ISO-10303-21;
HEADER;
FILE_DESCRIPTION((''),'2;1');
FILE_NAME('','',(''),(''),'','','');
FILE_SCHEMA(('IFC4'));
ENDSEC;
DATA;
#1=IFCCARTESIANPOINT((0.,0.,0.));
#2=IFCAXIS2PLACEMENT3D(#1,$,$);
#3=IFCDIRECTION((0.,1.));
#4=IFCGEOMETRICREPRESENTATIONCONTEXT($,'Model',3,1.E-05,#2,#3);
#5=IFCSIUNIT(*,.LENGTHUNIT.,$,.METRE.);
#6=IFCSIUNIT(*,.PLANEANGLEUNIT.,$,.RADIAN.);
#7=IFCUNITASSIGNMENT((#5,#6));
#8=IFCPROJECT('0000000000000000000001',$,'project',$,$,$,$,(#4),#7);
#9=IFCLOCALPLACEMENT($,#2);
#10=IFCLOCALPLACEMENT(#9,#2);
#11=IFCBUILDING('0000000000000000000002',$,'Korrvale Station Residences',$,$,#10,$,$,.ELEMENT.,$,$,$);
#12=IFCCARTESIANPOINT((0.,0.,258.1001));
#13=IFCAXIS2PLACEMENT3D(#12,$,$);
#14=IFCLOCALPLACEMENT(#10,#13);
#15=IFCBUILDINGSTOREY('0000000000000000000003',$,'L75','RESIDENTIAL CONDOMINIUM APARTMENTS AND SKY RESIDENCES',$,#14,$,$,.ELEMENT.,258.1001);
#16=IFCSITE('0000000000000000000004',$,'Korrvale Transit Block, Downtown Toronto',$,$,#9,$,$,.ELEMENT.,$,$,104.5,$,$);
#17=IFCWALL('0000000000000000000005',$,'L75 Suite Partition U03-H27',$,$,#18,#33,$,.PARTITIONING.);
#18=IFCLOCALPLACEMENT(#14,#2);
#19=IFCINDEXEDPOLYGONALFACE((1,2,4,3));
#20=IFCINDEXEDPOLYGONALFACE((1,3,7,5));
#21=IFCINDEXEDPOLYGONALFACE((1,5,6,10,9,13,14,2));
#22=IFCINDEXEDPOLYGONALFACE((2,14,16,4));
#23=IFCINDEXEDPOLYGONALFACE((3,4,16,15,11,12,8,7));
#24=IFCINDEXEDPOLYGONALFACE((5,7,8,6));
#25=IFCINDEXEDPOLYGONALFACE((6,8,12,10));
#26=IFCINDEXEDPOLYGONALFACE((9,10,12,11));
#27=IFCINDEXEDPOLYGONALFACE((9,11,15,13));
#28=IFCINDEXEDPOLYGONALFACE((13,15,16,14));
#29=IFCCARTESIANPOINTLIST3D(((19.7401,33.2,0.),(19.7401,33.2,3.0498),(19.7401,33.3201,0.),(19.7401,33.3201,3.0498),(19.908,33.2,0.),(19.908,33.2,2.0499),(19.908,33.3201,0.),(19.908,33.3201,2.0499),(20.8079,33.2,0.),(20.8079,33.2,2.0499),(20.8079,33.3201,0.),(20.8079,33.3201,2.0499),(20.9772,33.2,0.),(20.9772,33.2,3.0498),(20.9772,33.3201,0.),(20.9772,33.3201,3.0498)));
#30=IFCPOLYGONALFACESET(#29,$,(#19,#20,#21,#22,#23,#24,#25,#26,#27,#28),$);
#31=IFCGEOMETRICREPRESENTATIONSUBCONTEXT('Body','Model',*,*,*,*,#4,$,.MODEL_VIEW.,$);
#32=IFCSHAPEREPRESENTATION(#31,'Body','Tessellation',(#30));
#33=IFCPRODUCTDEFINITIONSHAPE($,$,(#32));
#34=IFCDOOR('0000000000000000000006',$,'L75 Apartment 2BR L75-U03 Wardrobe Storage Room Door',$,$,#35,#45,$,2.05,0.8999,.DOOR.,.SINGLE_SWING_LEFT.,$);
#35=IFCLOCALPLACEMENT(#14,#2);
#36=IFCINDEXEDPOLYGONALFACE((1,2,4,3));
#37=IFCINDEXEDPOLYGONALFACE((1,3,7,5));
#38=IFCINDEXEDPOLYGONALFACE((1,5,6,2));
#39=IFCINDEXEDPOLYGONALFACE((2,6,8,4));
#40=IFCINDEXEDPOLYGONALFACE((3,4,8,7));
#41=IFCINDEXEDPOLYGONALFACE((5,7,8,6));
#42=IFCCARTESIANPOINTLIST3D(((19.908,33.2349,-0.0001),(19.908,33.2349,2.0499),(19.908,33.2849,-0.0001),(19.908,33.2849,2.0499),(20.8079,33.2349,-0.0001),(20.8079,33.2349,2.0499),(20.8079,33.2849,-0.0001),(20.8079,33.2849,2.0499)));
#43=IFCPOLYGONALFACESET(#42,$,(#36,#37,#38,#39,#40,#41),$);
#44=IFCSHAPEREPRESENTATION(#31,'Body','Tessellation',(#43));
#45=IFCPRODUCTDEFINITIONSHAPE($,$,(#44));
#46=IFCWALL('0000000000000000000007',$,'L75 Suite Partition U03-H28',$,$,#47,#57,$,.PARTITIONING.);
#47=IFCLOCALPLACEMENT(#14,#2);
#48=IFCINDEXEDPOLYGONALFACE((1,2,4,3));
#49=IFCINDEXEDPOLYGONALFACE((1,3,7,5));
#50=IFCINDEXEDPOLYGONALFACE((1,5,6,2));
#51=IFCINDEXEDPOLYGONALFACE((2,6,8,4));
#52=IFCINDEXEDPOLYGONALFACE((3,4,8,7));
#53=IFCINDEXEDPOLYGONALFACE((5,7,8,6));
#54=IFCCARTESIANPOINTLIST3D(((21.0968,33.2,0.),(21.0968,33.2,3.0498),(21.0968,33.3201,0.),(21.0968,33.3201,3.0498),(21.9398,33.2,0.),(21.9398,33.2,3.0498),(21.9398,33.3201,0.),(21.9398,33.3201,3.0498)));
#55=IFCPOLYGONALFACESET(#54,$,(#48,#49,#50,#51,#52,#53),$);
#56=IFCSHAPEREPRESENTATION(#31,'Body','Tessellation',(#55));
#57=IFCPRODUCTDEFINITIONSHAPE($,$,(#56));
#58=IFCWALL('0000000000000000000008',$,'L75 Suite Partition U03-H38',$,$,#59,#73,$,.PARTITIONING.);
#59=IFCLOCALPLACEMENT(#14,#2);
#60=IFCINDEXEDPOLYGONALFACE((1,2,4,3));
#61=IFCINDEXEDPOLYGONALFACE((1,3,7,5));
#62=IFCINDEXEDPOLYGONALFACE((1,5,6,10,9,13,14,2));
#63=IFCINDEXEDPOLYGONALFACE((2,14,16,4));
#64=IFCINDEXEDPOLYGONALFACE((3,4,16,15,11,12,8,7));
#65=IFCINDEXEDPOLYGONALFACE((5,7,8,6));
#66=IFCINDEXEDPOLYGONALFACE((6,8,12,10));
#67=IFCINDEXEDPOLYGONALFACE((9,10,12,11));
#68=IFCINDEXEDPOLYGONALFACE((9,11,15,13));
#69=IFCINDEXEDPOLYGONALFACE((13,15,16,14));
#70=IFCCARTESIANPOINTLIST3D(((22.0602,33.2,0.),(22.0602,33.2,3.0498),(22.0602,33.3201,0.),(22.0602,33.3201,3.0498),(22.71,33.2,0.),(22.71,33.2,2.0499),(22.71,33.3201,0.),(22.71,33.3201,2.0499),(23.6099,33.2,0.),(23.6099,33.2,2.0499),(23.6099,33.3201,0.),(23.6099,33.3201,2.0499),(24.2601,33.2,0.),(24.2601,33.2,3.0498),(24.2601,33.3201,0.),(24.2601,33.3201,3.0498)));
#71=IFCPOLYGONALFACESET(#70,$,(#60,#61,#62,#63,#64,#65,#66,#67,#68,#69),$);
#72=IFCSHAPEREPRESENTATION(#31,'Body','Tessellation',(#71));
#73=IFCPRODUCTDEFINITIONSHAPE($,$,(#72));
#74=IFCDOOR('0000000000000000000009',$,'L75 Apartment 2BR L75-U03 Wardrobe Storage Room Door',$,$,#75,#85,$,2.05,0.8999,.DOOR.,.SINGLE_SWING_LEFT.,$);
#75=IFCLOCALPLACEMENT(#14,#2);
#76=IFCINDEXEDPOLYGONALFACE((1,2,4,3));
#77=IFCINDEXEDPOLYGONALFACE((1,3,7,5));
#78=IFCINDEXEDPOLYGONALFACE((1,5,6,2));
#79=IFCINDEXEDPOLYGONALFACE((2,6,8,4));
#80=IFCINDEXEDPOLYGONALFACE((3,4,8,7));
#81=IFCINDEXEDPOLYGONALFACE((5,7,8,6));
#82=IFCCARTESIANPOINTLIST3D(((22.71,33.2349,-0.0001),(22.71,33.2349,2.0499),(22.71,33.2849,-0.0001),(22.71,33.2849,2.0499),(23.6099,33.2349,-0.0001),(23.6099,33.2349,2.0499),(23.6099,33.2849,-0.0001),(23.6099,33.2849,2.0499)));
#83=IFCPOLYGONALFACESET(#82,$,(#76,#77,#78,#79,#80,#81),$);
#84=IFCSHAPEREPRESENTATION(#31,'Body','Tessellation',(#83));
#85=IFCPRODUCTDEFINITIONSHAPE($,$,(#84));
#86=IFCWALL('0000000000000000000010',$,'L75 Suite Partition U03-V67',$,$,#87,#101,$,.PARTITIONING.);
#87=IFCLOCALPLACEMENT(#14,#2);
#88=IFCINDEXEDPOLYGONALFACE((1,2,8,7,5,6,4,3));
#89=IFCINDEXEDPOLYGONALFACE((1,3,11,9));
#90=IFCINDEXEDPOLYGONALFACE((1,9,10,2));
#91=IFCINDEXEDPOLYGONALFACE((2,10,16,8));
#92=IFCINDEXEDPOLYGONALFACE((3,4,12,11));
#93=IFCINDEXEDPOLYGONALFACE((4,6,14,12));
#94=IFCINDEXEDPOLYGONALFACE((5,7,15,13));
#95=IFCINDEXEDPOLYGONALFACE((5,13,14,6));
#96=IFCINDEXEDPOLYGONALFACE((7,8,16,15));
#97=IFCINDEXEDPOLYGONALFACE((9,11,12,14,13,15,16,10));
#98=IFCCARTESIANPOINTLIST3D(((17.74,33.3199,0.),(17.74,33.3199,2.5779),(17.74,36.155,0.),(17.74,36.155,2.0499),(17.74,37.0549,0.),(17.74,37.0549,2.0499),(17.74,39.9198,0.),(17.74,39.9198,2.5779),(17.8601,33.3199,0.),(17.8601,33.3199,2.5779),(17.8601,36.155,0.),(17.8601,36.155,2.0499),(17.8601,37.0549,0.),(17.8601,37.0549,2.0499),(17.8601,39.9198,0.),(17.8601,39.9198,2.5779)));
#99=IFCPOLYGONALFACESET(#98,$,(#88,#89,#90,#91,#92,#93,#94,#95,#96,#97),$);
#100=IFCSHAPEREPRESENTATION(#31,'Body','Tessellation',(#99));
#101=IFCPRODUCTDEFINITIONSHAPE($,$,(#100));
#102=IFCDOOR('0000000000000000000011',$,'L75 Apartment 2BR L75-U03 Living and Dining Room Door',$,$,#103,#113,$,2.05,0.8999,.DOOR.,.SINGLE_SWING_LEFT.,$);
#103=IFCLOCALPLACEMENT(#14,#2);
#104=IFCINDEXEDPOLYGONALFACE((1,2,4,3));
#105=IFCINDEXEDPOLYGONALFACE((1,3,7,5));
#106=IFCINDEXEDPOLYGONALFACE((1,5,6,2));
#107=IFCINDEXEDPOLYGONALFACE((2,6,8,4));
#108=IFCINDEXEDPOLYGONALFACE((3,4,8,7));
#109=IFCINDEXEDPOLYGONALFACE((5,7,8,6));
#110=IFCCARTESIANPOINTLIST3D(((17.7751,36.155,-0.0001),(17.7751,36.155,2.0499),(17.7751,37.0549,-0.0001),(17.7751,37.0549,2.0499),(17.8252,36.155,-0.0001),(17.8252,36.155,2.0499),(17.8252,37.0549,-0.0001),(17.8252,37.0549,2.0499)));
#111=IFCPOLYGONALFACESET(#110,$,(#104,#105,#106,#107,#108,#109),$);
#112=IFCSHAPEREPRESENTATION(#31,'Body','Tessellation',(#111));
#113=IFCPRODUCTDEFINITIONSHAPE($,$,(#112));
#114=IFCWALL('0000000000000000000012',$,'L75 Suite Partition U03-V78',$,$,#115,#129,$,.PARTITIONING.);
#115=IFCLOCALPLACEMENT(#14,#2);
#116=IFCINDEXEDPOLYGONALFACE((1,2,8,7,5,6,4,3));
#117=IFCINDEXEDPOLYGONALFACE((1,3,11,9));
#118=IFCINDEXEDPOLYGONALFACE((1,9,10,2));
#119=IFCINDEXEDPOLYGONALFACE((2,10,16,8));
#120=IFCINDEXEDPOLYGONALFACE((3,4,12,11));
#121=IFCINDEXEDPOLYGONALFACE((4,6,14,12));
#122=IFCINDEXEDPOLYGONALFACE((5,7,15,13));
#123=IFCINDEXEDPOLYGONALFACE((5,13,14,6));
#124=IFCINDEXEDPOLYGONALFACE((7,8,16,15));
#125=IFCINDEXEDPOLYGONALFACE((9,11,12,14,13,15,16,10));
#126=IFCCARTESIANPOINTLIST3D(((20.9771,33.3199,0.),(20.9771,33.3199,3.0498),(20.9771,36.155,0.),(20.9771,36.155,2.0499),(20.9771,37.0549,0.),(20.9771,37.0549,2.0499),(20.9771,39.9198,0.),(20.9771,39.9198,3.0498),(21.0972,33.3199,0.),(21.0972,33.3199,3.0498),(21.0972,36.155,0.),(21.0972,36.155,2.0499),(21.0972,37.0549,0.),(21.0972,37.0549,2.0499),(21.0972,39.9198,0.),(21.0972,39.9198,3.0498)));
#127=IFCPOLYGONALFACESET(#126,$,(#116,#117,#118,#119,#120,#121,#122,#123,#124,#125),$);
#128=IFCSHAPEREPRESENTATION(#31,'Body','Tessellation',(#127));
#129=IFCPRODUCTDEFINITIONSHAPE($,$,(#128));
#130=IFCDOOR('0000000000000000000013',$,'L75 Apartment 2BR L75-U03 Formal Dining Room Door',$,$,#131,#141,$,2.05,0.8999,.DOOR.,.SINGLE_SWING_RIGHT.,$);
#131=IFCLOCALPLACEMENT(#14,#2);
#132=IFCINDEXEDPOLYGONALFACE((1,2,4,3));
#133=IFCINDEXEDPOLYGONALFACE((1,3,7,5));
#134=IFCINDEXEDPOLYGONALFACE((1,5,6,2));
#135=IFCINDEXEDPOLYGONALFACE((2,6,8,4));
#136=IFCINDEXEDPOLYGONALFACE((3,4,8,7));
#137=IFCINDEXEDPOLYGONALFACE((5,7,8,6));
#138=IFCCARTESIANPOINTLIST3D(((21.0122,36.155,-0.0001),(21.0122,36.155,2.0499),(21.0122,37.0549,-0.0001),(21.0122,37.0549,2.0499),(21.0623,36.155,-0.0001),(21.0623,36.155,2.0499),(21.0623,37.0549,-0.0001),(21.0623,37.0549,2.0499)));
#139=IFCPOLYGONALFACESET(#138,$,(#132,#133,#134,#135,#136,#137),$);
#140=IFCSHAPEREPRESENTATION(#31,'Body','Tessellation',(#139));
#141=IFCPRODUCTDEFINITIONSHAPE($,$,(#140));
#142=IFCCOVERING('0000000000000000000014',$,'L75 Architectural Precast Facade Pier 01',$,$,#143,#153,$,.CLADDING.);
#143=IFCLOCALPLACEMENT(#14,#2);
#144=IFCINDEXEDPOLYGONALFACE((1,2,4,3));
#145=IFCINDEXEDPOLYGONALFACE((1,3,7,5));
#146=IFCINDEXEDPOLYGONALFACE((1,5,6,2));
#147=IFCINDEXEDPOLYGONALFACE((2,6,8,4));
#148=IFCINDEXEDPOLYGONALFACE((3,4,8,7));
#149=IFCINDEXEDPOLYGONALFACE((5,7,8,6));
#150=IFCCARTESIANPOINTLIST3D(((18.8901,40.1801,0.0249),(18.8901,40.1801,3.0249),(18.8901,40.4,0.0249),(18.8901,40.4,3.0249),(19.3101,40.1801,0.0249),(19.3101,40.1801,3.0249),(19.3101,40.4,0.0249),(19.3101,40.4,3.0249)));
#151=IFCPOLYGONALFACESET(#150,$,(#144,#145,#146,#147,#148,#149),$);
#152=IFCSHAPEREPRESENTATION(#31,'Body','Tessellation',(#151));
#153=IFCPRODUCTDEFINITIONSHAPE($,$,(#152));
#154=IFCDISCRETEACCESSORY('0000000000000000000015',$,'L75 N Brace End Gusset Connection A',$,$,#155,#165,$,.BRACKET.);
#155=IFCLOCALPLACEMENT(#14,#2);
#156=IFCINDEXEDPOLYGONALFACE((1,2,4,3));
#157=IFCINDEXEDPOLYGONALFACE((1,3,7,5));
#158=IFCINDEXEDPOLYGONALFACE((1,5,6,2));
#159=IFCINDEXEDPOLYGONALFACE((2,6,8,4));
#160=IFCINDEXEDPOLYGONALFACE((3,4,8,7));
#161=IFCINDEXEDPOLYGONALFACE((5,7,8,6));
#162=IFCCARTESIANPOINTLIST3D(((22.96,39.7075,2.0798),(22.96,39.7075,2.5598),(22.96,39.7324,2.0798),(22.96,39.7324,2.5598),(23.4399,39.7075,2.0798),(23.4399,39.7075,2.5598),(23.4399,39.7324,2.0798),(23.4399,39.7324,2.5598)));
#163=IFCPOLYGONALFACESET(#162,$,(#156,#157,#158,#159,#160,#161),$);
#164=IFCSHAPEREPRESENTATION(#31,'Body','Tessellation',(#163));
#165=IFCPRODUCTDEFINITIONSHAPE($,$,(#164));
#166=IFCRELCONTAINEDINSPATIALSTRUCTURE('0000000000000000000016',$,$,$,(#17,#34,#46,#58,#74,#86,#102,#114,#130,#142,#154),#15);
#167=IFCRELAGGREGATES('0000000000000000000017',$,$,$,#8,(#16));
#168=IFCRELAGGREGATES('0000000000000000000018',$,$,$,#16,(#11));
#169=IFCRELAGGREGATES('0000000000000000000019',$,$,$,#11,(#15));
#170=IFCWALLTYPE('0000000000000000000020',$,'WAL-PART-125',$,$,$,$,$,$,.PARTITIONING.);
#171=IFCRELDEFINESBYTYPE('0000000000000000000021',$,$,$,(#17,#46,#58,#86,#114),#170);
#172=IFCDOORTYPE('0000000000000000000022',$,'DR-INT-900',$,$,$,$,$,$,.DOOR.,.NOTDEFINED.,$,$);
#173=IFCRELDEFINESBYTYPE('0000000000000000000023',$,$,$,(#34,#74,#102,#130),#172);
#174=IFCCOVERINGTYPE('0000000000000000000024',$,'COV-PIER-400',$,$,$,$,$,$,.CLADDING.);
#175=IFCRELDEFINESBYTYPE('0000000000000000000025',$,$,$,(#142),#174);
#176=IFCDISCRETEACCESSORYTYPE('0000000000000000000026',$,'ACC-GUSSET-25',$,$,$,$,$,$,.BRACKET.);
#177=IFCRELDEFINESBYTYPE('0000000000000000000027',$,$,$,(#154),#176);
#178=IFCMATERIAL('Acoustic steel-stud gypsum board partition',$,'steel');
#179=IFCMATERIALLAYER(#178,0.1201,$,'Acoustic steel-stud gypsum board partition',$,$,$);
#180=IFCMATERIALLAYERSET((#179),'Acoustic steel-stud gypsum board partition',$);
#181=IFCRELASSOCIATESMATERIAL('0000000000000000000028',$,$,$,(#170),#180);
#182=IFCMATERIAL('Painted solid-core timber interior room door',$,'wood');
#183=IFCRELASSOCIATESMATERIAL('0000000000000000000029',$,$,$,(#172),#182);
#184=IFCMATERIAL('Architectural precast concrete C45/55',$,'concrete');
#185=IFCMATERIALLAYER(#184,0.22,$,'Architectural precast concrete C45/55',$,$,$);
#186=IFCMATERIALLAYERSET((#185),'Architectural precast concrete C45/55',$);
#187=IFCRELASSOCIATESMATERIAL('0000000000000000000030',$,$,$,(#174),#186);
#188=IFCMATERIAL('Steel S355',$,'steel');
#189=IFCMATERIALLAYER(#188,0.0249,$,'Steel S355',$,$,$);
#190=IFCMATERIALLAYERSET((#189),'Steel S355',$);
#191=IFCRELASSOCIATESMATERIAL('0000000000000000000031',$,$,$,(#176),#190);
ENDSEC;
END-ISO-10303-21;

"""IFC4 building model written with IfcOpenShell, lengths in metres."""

from ifc_helpers import new_model, si_unit, direction, frame, frame_2d, origin, origin_2d, place, context, subcontext, project, spatial, rectangle, extrude, material, layer, layer_set, type_object, element, fill, save


model = new_model("IFC4")

# Units and contexts
model_context = context("Model", 3, precision=1e-05, world=origin(), true_north=direction((0.0, 1.0)))
body_context = subcontext(model_context, "Body", "Model", "MODEL_VIEW")
ifc_project = project(units=[si_unit("LENGTHUNIT", "METRE"), si_unit("PLANEANGLEUNIT", "RADIAN")], contexts=[model_context])

# Site, building, storey
site_placement = place(None, origin())
site = spatial("IfcSite", under=ifc_project, at=site_placement, Name="Korrvale Transit Block, Downtown Toronto", CompositionType="ELEMENT", RefElevation=104.5)
building_placement = place(site_placement, origin())
building = spatial("IfcBuilding", under=site, at=building_placement, Name="Korrvale Station Residences", CompositionType="ELEMENT")
storey_placement = place(building_placement, frame((0.0, 0.0, 258.1001)))
storey = spatial("IfcBuildingStorey", under=building, at=storey_placement, Name="L75", Description="RESIDENTIAL CONDOMINIUM APARTMENTS AND SKY RESIDENCES", CompositionType="ELEMENT", Elevation=258.1001)

# Shared definitions
ifc_material_1 = material(Name="Steel S355", Category="steel")

# Wall, opening, door
ifc_material_2 = material(Name="Acoustic steel-stud gypsum board partition", Category="steel")
ifc_layer_1 = layer(ifc_material_2, 0.1201, Name="Acoustic steel-stud gypsum board partition")
ifc_layer_set_1 = layer_set([ifc_layer_1], Name="Acoustic steel-stud gypsum board partition")
wall_type = type_object("IfcWallType", Name="WAL-PART-125", PredefinedType="PARTITIONING", material=ifc_layer_set_1)
ifc_material_3 = material(Name="Painted solid-core timber interior room door", Category="wood")
door_type = type_object("IfcDoorType", Name="DR-INT-900", OperationType="NOTDEFINED", PredefinedType="DOOR", material=ifc_material_3)
wall_1_placement = place(storey_placement, frame((19.74, 33.26, 0.0), z_axis=(0.0, 0.0, 1.0), x_axis=(1.0, 0.0, 0.0)))
wall_1 = element("IfcWall", 1, at=wall_1_placement, inside=storey, type_object=wall_type, Name="L75 Suite Partition U03-H27", PredefinedType="PARTITIONING", context=body_context, shape_type="SweptSolid", body=[
    extrude(rectangle(XDim=1.2371, YDim=0.1201, at=frame_2d((0.6187, 0.0))), origin(), (0.0, 0.0, 1.0), 3.0498),
])
opening_1_placement = place(wall_1_placement, frame((0.168, 0.0, 0.0)))
opening_1 = element("IfcOpeningElement", 2, at=opening_1_placement, cuts=wall_1, PredefinedType="OPENING", context=body_context, shape_type="SweptSolid", body=[
    extrude(rectangle(XDim=0.8999, YDim=2.05, at=frame_2d((0.45, 1.0249))), frame((0.0, 0.0701, 0.0), z_axis=(0.0, -1.0, 0.0), x_axis=(1.0, 0.0, 0.0)), (0.0, 0.0, 1.0), 0.1401),
])
door_1_placement = place(opening_1_placement, origin())
door_1 = element("IfcDoor", 3, at=door_1_placement, inside=storey, type_object=door_type, Name="L75 Apartment 2BR L75-U03 Wardrobe Storage Room Door", OperationType="SINGLE_SWING_LEFT", OverallHeight=2.05, OverallWidth=0.8999, PredefinedType="DOOR", context=body_context, shape_type="SweptSolid", body=[
    extrude(rectangle(XDim=0.8999, YDim=2.05, at=frame_2d((0.45, 1.0249))), frame((0.0, 0.0249, 0.0), z_axis=(0.0, -1.0, 0.0), x_axis=(1.0, 0.0, 0.0)), (0.0, 0.0, 1.0), 0.05),
])
fill(opening_1, door_1)

# Wall
wall_2_placement = place(storey_placement, frame((21.0969, 33.26, 0.0), z_axis=(0.0, 0.0, 1.0), x_axis=(1.0, 0.0, 0.0)))
element("IfcWall", 4, at=wall_2_placement, inside=storey, type_object=wall_type, Name="L75 Suite Partition U03-H28", PredefinedType="PARTITIONING", context=body_context, shape_type="SweptSolid", body=[
    extrude(rectangle(XDim=0.843, YDim=0.1201, at=frame_2d((0.4214, 0.0))), origin(), (0.0, 0.0, 1.0), 3.0498),
])

# Walls, openings, doors
wall_3_placement = place(storey_placement, frame((22.0601, 33.26, 0.0), z_axis=(0.0, 0.0, 1.0), x_axis=(1.0, 0.0, 0.0)))
wall_3 = element("IfcWall", 5, at=wall_3_placement, inside=storey, type_object=wall_type, Name="L75 Suite Partition U03-H38", PredefinedType="PARTITIONING", context=body_context, shape_type="SweptSolid", body=[
    extrude(rectangle(XDim=2.2, YDim=0.1201, at=frame_2d((1.1001, 0.0))), origin(), (0.0, 0.0, 1.0), 3.0498),
])
opening_2_placement = place(wall_3_placement, frame((0.6499, 0.0, 0.0)))
opening_2 = element("IfcOpeningElement", 6, at=opening_2_placement, cuts=wall_3, PredefinedType="OPENING", context=body_context, shape_type="SweptSolid", body=[
    extrude(rectangle(XDim=0.8999, YDim=2.05, at=frame_2d((0.45, 1.0249))), frame((0.0, 0.0701, 0.0), z_axis=(0.0, -1.0, 0.0), x_axis=(1.0, 0.0, 0.0)), (0.0, 0.0, 1.0), 0.1401),
])
door_2_placement = place(opening_2_placement, origin())
door_2 = element("IfcDoor", 7, at=door_2_placement, inside=storey, type_object=door_type, Name="L75 Apartment 2BR L75-U03 Wardrobe Storage Room Door", OperationType="SINGLE_SWING_LEFT", OverallHeight=2.05, OverallWidth=0.8999, PredefinedType="DOOR", context=body_context, shape_type="SweptSolid", body=[
    extrude(rectangle(XDim=0.8999, YDim=2.05, at=frame_2d((0.45, 1.0249))), frame((0.0, 0.0249, 0.0), z_axis=(0.0, -1.0, 0.0), x_axis=(1.0, 0.0, 0.0)), (0.0, 0.0, 1.0), 0.05),
])
fill(opening_2, door_2)
wall_4_placement = place(storey_placement, frame((17.8, 33.3201, 0.0), z_axis=(0.0, 0.0, 1.0), x_axis=(0.0, 1.0, 0.0)))
wall_4 = element("IfcWall", 8, at=wall_4_placement, inside=storey, type_object=wall_type, Name="L75 Suite Partition U03-V67", PredefinedType="PARTITIONING", context=body_context, shape_type="SweptSolid", body=[
    extrude(rectangle(XDim=6.5999, YDim=0.1201, at=frame_2d((3.2998, 0.0))), origin(), (0.0, 0.0, 1.0), 2.5779),
])
opening_3_placement = place(wall_4_placement, frame((2.835, 0.0, 0.0)))
opening_3 = element("IfcOpeningElement", 9, at=opening_3_placement, cuts=wall_4, PredefinedType="OPENING", context=body_context, shape_type="SweptSolid", body=[
    extrude(rectangle(XDim=0.8999, YDim=2.05, at=frame_2d((0.45, 1.0249))), frame((0.0, 0.0701, 0.0), z_axis=(0.0, -1.0, 0.0), x_axis=(1.0, 0.0, 0.0)), (0.0, 0.0, 1.0), 0.1401),
])
door_3_placement = place(opening_3_placement, origin())
door_3 = element("IfcDoor", 10, at=door_3_placement, inside=storey, type_object=door_type, Name="L75 Apartment 2BR L75-U03 Living and Dining Room Door", OperationType="SINGLE_SWING_LEFT", OverallHeight=2.05, OverallWidth=0.8999, PredefinedType="DOOR", context=body_context, shape_type="SweptSolid", body=[
    extrude(rectangle(XDim=0.8999, YDim=2.05, at=frame_2d((0.45, 1.0249))), frame((0.0, 0.0249, 0.0), z_axis=(0.0, -1.0, 0.0), x_axis=(1.0, 0.0, 0.0)), (0.0, 0.0, 1.0), 0.05),
])
fill(opening_3, door_3)
wall_5_placement = place(storey_placement, frame((21.0371, 33.3201, 0.0), z_axis=(0.0, 0.0, 1.0), x_axis=(0.0, 1.0, 0.0)))
wall_5 = element("IfcWall", 11, at=wall_5_placement, inside=storey, type_object=wall_type, Name="L75 Suite Partition U03-V78", PredefinedType="PARTITIONING", context=body_context, shape_type="SweptSolid", body=[
    extrude(rectangle(XDim=6.5999, YDim=0.1201, at=frame_2d((3.2998, 0.0))), origin(), (0.0, 0.0, 1.0), 3.0498),
])
opening_4_placement = place(wall_5_placement, frame((2.835, 0.0, 0.0)))
opening_4 = element("IfcOpeningElement", 12, at=opening_4_placement, cuts=wall_5, PredefinedType="OPENING", context=body_context, shape_type="SweptSolid", body=[
    extrude(rectangle(XDim=0.8999, YDim=2.05, at=frame_2d((0.45, 1.0249))), frame((0.0, 0.0701, 0.0), z_axis=(0.0, -1.0, 0.0), x_axis=(1.0, 0.0, 0.0)), (0.0, 0.0, 1.0), 0.1401),
])
door_4_placement = place(opening_4_placement, origin())
door_4 = element("IfcDoor", 13, at=door_4_placement, inside=storey, type_object=door_type, Name="L75 Apartment 2BR L75-U03 Formal Dining Room Door", OperationType="SINGLE_SWING_RIGHT", OverallHeight=2.05, OverallWidth=0.8999, PredefinedType="DOOR", context=body_context, shape_type="SweptSolid", body=[
    extrude(rectangle(XDim=0.8999, YDim=2.05, at=frame_2d((0.45, 1.0249))), frame((0.0, 0.0249, 0.0), z_axis=(0.0, -1.0, 0.0), x_axis=(1.0, 0.0, 0.0)), (0.0, 0.0, 1.0), 0.05),
])
fill(opening_4, door_4)

# Covering
ifc_material_4 = material(Name="Architectural precast concrete C45/55", Category="concrete")
ifc_layer_2 = layer(ifc_material_4, 0.22, Name="Architectural precast concrete C45/55")
ifc_layer_set_2 = layer_set([ifc_layer_2], Name="Architectural precast concrete C45/55")
covering_type = type_object("IfcCoveringType", Name="COV-PIER-400", PredefinedType="CLADDING", material=ifc_layer_set_2)
covering_placement = place(storey_placement, frame((19.1001, 40.29, 0.0249), z_axis=(0.0, 0.0, 1.0), x_axis=(1.0, 0.0, 0.0)))
element("IfcCovering", 14, at=covering_placement, inside=storey, type_object=covering_type, Name="L75 Architectural Precast Facade Pier 01", PredefinedType="CLADDING", context=body_context, shape_type="SweptSolid", body=[
    extrude(rectangle(XDim=0.4199, YDim=0.22, at=origin_2d()), origin(), (0.0, 0.0, 1.0), 3.0),
])

# Discrete accessory
ifc_layer_3 = layer(ifc_material_1, 0.0249, Name="Steel S355")
ifc_layer_set_3 = layer_set([ifc_layer_3], Name="Steel S355")
discrete_accessory_type = type_object("IfcDiscreteAccessoryType", Name="ACC-GUSSET-25", PredefinedType="BRACKET", material=ifc_layer_set_3)
discrete_accessory_placement = place(storey_placement, frame((23.2, 39.72, 2.0798), z_axis=(0.0, 0.0, 1.0), x_axis=(1.0, 0.0, 0.0)))
element("IfcDiscreteAccessory", 15, at=discrete_accessory_placement, inside=storey, type_object=discrete_accessory_type, Name="L75 N Brace End Gusset Connection A", PredefinedType="BRACKET", context=body_context, shape_type="SweptSolid", body=[
    extrude(rectangle(XDim=0.48, YDim=0.0249, at=origin_2d()), origin(), (0.0, 0.0, 1.0), 0.48),
])

save(model, "model.ifc")
